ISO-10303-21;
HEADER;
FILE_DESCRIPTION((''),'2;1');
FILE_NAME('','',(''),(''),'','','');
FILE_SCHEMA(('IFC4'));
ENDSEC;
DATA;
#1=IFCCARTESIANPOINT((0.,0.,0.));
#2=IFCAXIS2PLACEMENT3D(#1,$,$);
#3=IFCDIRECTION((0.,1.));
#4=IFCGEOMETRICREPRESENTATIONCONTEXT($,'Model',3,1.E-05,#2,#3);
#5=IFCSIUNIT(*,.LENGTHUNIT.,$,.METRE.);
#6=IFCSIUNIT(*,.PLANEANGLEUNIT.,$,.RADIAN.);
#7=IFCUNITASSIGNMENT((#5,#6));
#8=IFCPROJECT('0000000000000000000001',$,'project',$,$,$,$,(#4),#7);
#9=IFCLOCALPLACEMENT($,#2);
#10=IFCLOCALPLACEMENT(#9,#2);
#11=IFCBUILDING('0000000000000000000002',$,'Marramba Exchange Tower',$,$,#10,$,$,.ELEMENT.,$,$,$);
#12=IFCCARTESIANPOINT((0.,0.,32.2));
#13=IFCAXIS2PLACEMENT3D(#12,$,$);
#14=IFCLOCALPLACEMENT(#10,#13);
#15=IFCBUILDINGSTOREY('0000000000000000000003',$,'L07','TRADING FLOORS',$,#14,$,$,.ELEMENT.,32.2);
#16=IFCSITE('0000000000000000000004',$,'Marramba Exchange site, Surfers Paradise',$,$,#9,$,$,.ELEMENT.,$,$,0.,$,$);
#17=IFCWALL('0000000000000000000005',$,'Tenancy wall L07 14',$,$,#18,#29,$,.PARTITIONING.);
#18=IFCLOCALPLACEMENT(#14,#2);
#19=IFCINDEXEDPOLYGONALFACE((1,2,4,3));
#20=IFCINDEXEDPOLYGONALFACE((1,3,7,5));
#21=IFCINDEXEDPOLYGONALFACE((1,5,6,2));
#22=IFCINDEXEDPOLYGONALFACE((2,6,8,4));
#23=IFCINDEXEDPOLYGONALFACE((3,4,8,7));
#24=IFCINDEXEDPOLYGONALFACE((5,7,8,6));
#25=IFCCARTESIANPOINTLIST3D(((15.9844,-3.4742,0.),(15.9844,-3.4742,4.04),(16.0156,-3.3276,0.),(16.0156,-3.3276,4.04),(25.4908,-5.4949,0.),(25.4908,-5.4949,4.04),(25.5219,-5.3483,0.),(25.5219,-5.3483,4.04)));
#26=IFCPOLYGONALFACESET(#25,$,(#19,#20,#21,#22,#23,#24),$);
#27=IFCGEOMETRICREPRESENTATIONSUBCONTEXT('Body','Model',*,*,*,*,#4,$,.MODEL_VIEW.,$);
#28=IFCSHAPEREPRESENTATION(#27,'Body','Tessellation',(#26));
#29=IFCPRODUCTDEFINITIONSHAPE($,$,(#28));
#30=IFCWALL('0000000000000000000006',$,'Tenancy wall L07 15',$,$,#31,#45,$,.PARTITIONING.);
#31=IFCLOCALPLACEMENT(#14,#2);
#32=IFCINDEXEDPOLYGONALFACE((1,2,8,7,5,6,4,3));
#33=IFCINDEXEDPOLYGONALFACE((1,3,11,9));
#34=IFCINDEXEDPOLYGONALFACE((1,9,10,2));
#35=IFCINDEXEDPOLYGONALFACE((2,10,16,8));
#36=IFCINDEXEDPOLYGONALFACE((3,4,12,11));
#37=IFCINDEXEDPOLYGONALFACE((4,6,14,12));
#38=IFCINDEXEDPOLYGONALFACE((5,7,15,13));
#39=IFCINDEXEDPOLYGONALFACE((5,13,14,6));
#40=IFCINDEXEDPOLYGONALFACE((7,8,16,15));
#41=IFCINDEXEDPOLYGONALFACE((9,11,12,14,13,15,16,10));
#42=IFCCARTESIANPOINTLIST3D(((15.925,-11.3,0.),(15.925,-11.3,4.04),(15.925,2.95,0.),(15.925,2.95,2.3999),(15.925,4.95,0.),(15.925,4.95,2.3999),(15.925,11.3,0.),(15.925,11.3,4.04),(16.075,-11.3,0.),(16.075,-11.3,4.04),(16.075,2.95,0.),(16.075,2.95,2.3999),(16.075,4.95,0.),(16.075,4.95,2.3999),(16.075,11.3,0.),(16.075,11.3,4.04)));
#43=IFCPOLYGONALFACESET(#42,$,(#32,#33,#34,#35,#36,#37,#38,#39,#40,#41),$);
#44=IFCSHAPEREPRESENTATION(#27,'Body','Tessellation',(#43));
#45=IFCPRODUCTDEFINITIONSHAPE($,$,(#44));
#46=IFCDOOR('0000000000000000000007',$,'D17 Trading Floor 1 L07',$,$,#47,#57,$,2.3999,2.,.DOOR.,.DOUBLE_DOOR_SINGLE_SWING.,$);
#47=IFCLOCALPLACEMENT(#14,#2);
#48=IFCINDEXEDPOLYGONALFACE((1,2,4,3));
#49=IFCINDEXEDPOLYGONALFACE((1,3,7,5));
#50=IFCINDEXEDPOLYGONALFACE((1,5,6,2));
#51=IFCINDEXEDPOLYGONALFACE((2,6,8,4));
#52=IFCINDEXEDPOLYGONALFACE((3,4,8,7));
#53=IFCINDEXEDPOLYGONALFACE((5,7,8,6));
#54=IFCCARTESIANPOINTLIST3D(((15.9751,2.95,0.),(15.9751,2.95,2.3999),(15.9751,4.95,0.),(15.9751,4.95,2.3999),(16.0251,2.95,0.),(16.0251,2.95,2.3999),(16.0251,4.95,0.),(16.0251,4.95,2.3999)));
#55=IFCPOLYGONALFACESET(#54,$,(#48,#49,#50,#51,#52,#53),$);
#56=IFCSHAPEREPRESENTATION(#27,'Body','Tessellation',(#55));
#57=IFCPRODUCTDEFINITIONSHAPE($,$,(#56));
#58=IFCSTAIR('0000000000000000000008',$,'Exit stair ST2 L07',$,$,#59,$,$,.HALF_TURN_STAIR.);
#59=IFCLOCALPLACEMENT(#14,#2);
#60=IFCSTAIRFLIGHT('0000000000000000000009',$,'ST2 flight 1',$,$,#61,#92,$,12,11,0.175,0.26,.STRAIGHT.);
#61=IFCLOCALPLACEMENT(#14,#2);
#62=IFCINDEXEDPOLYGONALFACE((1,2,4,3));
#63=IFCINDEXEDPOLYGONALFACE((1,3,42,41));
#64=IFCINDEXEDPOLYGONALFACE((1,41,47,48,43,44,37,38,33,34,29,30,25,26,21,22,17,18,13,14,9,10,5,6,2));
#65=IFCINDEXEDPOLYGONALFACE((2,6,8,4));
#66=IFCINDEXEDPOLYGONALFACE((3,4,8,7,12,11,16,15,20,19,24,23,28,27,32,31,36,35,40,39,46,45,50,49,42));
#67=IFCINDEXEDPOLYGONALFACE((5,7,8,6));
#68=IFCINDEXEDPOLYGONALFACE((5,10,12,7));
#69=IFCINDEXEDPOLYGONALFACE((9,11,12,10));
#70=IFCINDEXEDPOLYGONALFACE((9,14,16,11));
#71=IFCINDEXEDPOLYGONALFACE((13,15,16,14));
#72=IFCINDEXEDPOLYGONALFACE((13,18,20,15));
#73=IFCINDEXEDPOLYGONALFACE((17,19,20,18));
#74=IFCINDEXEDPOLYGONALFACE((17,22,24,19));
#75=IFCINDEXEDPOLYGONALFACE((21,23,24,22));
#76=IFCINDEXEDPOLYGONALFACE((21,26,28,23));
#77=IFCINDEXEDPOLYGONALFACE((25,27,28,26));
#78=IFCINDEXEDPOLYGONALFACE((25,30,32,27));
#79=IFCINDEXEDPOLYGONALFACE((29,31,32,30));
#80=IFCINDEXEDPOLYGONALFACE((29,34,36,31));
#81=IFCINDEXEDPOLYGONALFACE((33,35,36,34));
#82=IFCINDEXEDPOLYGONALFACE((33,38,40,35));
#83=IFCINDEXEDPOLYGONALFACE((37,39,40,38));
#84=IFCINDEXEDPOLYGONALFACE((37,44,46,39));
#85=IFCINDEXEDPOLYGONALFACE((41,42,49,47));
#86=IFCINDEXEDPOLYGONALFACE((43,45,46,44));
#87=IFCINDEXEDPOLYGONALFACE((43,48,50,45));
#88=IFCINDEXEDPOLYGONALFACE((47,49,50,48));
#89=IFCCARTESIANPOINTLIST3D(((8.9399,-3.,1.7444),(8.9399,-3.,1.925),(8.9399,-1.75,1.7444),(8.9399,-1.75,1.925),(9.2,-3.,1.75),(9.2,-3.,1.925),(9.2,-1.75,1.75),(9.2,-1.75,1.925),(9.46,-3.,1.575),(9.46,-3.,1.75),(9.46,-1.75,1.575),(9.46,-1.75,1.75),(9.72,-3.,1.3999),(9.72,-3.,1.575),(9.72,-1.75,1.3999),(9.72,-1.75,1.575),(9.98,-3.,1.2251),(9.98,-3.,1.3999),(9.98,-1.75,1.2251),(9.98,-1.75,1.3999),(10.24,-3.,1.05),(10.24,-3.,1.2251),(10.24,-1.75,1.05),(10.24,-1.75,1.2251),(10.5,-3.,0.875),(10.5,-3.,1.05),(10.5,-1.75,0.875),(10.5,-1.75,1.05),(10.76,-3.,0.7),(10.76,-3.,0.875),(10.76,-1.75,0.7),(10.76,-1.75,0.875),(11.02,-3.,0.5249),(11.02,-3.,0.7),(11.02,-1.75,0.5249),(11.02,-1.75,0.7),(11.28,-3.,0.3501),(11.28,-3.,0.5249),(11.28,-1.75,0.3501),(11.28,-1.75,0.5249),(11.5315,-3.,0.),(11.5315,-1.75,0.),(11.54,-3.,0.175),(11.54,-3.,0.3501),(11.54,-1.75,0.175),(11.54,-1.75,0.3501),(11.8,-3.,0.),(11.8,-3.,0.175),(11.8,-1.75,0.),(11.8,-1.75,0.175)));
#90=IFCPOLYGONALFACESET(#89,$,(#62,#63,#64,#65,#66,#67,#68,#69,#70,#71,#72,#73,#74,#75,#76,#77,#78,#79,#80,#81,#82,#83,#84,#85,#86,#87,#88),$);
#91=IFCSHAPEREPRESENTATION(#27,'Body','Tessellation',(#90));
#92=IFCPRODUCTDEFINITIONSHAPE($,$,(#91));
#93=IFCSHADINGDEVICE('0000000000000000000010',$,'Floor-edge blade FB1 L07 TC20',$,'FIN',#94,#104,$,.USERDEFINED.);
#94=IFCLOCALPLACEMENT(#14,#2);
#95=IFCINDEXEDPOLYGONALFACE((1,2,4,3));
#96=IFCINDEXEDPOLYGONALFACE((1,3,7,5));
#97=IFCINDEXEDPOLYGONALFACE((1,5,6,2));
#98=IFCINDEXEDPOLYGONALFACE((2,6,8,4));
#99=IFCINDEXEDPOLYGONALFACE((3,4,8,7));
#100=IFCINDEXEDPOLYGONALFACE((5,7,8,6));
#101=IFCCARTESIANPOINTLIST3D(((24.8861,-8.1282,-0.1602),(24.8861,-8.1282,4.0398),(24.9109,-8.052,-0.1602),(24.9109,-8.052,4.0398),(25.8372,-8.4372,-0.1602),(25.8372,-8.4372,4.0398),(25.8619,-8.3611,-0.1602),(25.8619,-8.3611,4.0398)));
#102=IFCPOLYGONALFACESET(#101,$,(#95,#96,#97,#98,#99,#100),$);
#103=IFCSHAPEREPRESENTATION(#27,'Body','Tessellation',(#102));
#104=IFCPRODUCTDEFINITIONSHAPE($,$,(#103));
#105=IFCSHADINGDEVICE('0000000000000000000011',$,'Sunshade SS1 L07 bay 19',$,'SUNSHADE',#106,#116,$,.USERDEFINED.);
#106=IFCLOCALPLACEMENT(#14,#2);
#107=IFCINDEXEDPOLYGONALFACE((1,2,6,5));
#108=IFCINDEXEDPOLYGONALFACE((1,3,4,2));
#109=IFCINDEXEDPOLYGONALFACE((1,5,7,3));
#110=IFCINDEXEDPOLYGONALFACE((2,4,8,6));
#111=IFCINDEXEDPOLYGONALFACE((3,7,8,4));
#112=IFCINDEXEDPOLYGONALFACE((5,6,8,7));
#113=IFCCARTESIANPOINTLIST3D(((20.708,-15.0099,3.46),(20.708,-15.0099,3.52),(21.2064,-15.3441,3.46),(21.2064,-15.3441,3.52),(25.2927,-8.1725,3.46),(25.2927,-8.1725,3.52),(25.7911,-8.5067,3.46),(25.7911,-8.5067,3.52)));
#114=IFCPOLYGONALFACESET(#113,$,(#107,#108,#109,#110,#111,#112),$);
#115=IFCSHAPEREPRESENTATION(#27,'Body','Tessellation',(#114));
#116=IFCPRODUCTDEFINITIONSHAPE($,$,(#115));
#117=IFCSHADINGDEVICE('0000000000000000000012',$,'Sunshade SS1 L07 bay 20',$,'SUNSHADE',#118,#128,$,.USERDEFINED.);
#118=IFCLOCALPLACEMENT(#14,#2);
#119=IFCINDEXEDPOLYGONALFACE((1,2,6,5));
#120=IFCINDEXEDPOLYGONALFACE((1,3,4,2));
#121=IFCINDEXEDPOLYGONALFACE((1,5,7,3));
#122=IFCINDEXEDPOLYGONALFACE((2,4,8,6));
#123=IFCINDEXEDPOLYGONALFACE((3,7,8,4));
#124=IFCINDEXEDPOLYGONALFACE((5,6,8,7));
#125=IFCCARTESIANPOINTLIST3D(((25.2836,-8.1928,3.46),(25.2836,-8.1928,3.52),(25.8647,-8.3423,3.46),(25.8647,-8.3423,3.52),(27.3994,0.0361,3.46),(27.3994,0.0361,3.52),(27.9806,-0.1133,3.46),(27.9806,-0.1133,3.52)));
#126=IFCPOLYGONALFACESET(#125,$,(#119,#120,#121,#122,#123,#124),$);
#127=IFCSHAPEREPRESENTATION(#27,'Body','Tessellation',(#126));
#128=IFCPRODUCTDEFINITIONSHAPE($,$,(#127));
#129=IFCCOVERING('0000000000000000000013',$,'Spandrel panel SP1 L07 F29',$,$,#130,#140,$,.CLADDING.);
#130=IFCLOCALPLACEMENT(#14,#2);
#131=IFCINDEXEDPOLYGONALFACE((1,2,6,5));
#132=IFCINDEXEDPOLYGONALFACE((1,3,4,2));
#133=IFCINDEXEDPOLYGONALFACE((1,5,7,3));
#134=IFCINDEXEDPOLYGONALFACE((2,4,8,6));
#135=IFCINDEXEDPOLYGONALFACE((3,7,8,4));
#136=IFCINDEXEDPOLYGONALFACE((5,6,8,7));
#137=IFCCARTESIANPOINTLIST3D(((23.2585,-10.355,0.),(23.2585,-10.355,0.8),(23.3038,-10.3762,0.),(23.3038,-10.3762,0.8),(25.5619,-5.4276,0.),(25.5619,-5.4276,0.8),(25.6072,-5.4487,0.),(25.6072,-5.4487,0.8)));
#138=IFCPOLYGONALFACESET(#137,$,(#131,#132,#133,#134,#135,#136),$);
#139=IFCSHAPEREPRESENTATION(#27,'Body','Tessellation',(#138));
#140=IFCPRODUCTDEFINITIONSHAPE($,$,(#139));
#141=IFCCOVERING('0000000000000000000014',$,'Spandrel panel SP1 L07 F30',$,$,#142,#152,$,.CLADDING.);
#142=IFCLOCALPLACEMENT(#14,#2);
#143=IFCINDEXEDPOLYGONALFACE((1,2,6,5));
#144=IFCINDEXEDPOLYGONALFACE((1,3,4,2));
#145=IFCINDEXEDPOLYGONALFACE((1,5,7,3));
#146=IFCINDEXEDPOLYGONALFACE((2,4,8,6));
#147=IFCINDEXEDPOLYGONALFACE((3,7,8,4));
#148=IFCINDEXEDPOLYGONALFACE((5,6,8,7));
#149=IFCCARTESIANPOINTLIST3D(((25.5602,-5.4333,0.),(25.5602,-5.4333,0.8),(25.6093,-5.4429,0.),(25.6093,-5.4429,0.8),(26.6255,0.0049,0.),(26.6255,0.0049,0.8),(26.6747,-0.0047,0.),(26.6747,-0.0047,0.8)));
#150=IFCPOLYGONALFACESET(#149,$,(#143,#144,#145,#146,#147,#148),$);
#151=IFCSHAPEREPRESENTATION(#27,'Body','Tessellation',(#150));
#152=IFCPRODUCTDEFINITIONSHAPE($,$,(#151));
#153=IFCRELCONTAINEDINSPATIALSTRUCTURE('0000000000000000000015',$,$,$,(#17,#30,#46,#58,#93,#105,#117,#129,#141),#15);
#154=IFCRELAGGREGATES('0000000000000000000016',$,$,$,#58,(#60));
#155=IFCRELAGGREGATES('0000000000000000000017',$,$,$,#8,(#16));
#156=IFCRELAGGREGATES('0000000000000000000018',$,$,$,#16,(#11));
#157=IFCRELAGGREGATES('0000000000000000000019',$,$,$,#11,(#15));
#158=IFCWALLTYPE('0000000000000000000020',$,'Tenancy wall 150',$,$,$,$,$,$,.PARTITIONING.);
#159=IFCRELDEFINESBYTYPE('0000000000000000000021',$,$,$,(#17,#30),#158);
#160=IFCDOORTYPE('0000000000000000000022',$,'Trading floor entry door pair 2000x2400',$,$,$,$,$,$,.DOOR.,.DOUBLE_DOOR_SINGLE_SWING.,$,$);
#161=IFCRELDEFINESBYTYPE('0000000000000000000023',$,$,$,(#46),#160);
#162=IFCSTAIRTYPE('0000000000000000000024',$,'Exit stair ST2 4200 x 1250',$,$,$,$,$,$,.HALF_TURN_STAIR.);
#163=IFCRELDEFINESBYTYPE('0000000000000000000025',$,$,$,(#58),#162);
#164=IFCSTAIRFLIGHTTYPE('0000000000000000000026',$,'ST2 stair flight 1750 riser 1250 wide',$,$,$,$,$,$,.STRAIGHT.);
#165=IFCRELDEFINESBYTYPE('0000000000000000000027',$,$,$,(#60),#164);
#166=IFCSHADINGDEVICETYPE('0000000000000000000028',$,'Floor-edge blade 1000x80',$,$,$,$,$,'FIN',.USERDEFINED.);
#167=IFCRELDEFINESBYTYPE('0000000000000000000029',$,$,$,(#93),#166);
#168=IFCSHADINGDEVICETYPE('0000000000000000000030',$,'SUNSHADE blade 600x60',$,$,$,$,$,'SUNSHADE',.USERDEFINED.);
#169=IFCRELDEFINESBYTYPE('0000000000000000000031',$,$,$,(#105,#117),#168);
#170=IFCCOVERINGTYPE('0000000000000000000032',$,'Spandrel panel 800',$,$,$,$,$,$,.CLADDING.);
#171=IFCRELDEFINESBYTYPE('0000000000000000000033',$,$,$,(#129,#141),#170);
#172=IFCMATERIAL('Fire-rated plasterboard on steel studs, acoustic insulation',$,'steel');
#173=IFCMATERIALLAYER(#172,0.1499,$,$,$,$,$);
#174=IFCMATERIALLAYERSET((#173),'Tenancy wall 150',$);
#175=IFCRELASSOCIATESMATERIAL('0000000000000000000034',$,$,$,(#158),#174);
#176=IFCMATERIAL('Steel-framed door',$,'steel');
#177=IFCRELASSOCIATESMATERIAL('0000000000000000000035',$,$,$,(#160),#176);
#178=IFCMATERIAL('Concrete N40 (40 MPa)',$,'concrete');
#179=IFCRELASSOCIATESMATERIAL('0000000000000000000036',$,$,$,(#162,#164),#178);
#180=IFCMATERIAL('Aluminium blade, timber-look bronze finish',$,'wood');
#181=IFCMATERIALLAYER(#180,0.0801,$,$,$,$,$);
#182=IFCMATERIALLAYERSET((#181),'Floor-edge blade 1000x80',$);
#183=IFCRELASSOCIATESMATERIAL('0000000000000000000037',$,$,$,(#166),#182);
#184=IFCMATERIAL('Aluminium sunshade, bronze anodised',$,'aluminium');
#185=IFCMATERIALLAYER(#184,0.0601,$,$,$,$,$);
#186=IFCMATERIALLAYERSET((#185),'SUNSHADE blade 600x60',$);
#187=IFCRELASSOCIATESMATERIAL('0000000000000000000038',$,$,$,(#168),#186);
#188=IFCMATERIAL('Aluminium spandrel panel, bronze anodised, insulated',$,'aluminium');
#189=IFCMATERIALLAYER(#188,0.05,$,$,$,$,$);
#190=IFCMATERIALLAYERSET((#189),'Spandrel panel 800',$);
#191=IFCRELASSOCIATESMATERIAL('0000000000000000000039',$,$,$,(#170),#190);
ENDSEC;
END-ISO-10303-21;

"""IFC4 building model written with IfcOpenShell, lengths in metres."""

from ifc_helpers import new_model, si_unit, direction, frame, frame_2d, origin, origin_2d, place, context, subcontext, project, spatial, polyline, rectangle, outline, extrude, material, layer, layer_set, type_object, element, fill, aggregate, save


model = new_model("IFC4")

# Units and contexts
model_context = context("Model", 3, precision=1e-05, world=origin(), true_north=direction((0.0, 1.0)))
body_context = subcontext(model_context, "Body", "Model", "MODEL_VIEW")
ifc_project = project(units=[si_unit("LENGTHUNIT", "METRE"), si_unit("PLANEANGLEUNIT", "RADIAN")], contexts=[model_context])

# Site, building, storey
site_placement = place(None, origin())
site = spatial("IfcSite", under=ifc_project, at=site_placement, Name="Marramba Exchange site, Surfers Paradise", CompositionType="ELEMENT", RefElevation=0.0)
building_placement = place(site_placement, origin())
building = spatial("IfcBuilding", under=site, at=building_placement, Name="Marramba Exchange Tower", CompositionType="ELEMENT")
storey_placement = place(building_placement, frame((0.0, 0.0, 32.2)))
storey = spatial("IfcBuildingStorey", under=building, at=storey_placement, Name="L07", Description="TRADING FLOORS", CompositionType="ELEMENT", Elevation=32.2)

# Shared definitions
ifc_material_1 = material(Name="Steel-framed door", Category="steel")

# Wall
ifc_material_2 = material(Name="Fire-rated plasterboard on steel studs, acoustic insulation", Category="steel")
ifc_layer_1 = layer(ifc_material_2, 0.1499)
ifc_layer_set_1 = layer_set([ifc_layer_1], Name="Tenancy wall 150")
wall_type_1 = type_object("IfcWallType", Name="Tenancy wall 150", PredefinedType="PARTITIONING", material=ifc_layer_set_1)
wall_1_placement = place(storey_placement, frame((25.5063, -5.4216, 0.0), z_axis=(0.0, 0.0, 1.0), x_axis=(-0.978145, 0.207923, 0.0)))
element("IfcWall", 1, at=wall_1_placement, inside=storey, type_object=wall_type_1, Name="Tenancy wall L07 14", PredefinedType="PARTITIONING", context=body_context, shape_type="SweptSolid", body=[
    extrude(rectangle(XDim=9.7188, YDim=0.1499, at=frame_2d((4.8594, 0.0))), origin(), (0.0, 0.0, 1.0), 4.04),
])

# Wall, opening, door
wall_2_placement = place(storey_placement, frame((16.0, -11.3, 0.0), z_axis=(0.0, 0.0, 1.0), x_axis=(0.0, 1.0, 0.0)))
wall_2 = element("IfcWall", 2, at=wall_2_placement, inside=storey, type_object=wall_type_1, Name="Tenancy wall L07 15", PredefinedType="PARTITIONING", context=body_context, shape_type="SweptSolid", body=[
    extrude(rectangle(XDim=22.6001, YDim=0.1499, at=frame_2d((11.3, 0.0))), origin(), (0.0, 0.0, 1.0), 4.04),
])
opening_1_placement = place(wall_2_placement, frame((14.25, 0.0, 0.0)))
opening_1 = element("IfcOpeningElement", 3, at=opening_1_placement, cuts=wall_2, PredefinedType="OPENING", context=body_context, shape_type="SweptSolid", body=[
    extrude(rectangle(XDim=2.0, YDim=2.3999, at=frame_2d((1.0, 1.2))), frame((0.0, 0.085, 0.0), z_axis=(0.0, -1.0, 0.0), x_axis=(1.0, 0.0, 0.0)), (0.0, 0.0, 1.0), 0.1699),
])
door_type_1 = type_object("IfcDoorType", Name="Trading floor entry door pair 2000x2400", OperationType="DOUBLE_DOOR_SINGLE_SWING", PredefinedType="DOOR", material=ifc_material_1)
door_1_placement = place(opening_1_placement, origin())
door_1 = element("IfcDoor", 4, at=door_1_placement, inside=storey, type_object=door_type_1, Name="D17 Trading Floor 1 L07", OperationType="DOUBLE_DOOR_SINGLE_SWING", OverallHeight=2.3999, OverallWidth=2.0, PredefinedType="DOOR", context=body_context, shape_type="SweptSolid", body=[
    extrude(rectangle(XDim=2.0, YDim=2.3999, at=frame_2d((1.0, 1.2))), frame((0.0, 0.0249, 0.0), z_axis=(0.0, -1.0, 0.0), x_axis=(1.0, 0.0, 0.0)), (0.0, 0.0, 1.0), 0.05),
])
fill(opening_1, door_1)

# Stair, stair flight
ifc_material_3 = material(Name="Concrete N40 (40 MPa)", Category="concrete")
stair_type = type_object("IfcStairType", Name="Exit stair ST2 4200 x 1250", PredefinedType="HALF_TURN_STAIR", material=ifc_material_3)
stair_placement = place(storey_placement, origin())
stair = element("IfcStair", 5, at=stair_placement, inside=storey, type_object=stair_type, Name="Exit stair ST2 L07", PredefinedType="HALF_TURN_STAIR")
stair_flight_type = type_object("IfcStairFlightType", Name="ST2 stair flight 1750 riser 1250 wide", PredefinedType="STRAIGHT", material=ifc_material_3)
stair_flight_placement = place(storey_placement, frame((11.8, -2.375, 0.0), z_axis=(0.0, 0.0, 1.0), x_axis=(-1.0, 0.0, 0.0)))
stair_flight = element("IfcStairFlight", 6, at=stair_flight_placement, type_object=stair_flight_type, Name="ST2 flight 1", NumberOfRisers=12, NumberOfTreads=11, PredefinedType="STRAIGHT", RiserHeight=0.175, TreadLength=0.26, context=body_context, shape_type="SweptSolid", body=[
    extrude(outline(polyline([(0.0, 0.0), (0.0, 0.175), (0.26, 0.175), (0.26, 0.3501), (0.52, 0.3501), (0.52, 0.5249), (0.78, 0.5249), (0.78, 0.7), (1.04, 0.7), (1.04, 0.875), (1.3, 0.875), (1.3, 1.05), (1.5601, 1.05), (1.5601, 1.2251), (1.8201, 1.2251), (1.8201, 1.3999), (2.0801, 1.3999), (2.0801, 1.575), (2.3401, 1.575), (2.3401, 1.75), (2.6001, 1.75), (2.6001, 1.925), (2.8601, 1.925), (2.8601, 2.1001), (2.8601, 1.7444), (0.2686, 0.0), (0.0, 0.0)])), frame((0.0, 0.625, 0.0), z_axis=(0.0, -1.0, 0.0), x_axis=(1.0, 0.0, 0.0)), (0.0, 0.0, 1.0), 1.25),
])
aggregate(stair, [stair_flight])

# Shading devices
ifc_material_4 = material(Name="Aluminium blade, timber-look bronze finish", Category="wood")
ifc_layer_2 = layer(ifc_material_4, 0.0801)
ifc_layer_set_2 = layer_set([ifc_layer_2], Name="Floor-edge blade 1000x80")
shading_device_type_1 = type_object("IfcShadingDeviceType", Name="Floor-edge blade 1000x80", ElementType="FIN", PredefinedType="USERDEFINED", material=ifc_layer_set_2)
shading_device_1_placement = place(storey_placement, frame((25.374, -8.2446, -0.1602), z_axis=(0.0, 0.0, 1.0), x_axis=(0.951057, -0.309017, 0.0)))
element("IfcShadingDevice", 7, at=shading_device_1_placement, inside=storey, type_object=shading_device_type_1, Name="Floor-edge blade FB1 L07 TC20", ObjectType="FIN", PredefinedType="USERDEFINED", context=body_context, shape_type="SweptSolid", body=[
    extrude(rectangle(XDim=1.0, YDim=0.0801, at=origin_2d()), origin(), (0.0, 0.0, 1.0), 4.2),
])
ifc_material_5 = material(Name="Aluminium sunshade, bronze anodised", Category="aluminium")
ifc_layer_3 = layer(ifc_material_5, 0.0601)
ifc_layer_set_3 = layer_set([ifc_layer_3], Name="SUNSHADE blade 600x60")
shading_device_type_2 = type_object("IfcShadingDeviceType", Name="SUNSHADE blade 600x60", ElementType="SUNSHADE", PredefinedType="USERDEFINED", material=ifc_layer_set_3)
shading_device_2_placement = place(storey_placement, frame((23.2495, -11.7583, 3.46), z_axis=(0.0, 0.0, 1.0), x_axis=(0.556924, 0.830563, 0.0)))
element("IfcShadingDevice", 8, at=shading_device_2_placement, inside=storey, type_object=shading_device_type_2, Name="Sunshade SS1 L07 bay 19", ObjectType="SUNSHADE", PredefinedType="USERDEFINED", context=body_context, shape_type="SweptSolid", body=[
    extrude(rectangle(XDim=8.2322, YDim=0.6001, at=origin_2d()), origin(), (0.0, 0.0, 1.0), 0.0601),
])
shading_device_3_placement = place(storey_placement, frame((26.6321, -4.1531, 3.46), z_axis=(0.0, 0.0, 1.0), x_axis=(0.249025, 0.968497, 0.0)))
element("IfcShadingDevice", 9, at=shading_device_3_placement, inside=storey, type_object=shading_device_type_2, Name="Sunshade SS1 L07 bay 20", ObjectType="SUNSHADE", PredefinedType="USERDEFINED", context=body_context, shape_type="SweptSolid", body=[
    extrude(rectangle(XDim=8.4966, YDim=0.6001, at=origin_2d()), origin(), (0.0, 0.0, 1.0), 0.0601),
])

# Coverings
ifc_material_6 = material(Name="Aluminium spandrel panel, bronze anodised, insulated", Category="aluminium")
ifc_layer_4 = layer(ifc_material_6, 0.05)
ifc_layer_set_4 = layer_set([ifc_layer_4], Name="Spandrel panel 800")
covering_type = type_object("IfcCoveringType", Name="Spandrel panel 800", PredefinedType="CLADDING", material=ifc_layer_set_4)
covering_1_placement = place(storey_placement, frame((24.4329, -7.9019, 0.0), z_axis=(0.0, 0.0, 1.0), x_axis=(0.423477, 0.905907, 0.0)))
element("IfcCovering", 10, at=covering_1_placement, inside=storey, type_object=covering_type, Name="Spandrel panel SP1 L07 F29", PredefinedType="CLADDING", context=body_context, shape_type="SweptSolid", body=[
    extrude(rectangle(XDim=5.4392, YDim=0.05, at=origin_2d()), origin(), (0.0, 0.0, 1.0), 0.8),
])
covering_2_placement = place(storey_placement, frame((26.1174, -2.719, 0.0), z_axis=(0.0, 0.0, 1.0), x_axis=(0.192249, 0.981346, 0.0)))
element("IfcCovering", 11, at=covering_2_placement, inside=storey, type_object=covering_type, Name="Spandrel panel SP1 L07 F30", PredefinedType="CLADDING", context=body_context, shape_type="SweptSolid", body=[
    extrude(rectangle(XDim=5.5415, YDim=0.05, at=origin_2d()), origin(), (0.0, 0.0, 1.0), 0.8),
])

save(model, "model.ifc")
